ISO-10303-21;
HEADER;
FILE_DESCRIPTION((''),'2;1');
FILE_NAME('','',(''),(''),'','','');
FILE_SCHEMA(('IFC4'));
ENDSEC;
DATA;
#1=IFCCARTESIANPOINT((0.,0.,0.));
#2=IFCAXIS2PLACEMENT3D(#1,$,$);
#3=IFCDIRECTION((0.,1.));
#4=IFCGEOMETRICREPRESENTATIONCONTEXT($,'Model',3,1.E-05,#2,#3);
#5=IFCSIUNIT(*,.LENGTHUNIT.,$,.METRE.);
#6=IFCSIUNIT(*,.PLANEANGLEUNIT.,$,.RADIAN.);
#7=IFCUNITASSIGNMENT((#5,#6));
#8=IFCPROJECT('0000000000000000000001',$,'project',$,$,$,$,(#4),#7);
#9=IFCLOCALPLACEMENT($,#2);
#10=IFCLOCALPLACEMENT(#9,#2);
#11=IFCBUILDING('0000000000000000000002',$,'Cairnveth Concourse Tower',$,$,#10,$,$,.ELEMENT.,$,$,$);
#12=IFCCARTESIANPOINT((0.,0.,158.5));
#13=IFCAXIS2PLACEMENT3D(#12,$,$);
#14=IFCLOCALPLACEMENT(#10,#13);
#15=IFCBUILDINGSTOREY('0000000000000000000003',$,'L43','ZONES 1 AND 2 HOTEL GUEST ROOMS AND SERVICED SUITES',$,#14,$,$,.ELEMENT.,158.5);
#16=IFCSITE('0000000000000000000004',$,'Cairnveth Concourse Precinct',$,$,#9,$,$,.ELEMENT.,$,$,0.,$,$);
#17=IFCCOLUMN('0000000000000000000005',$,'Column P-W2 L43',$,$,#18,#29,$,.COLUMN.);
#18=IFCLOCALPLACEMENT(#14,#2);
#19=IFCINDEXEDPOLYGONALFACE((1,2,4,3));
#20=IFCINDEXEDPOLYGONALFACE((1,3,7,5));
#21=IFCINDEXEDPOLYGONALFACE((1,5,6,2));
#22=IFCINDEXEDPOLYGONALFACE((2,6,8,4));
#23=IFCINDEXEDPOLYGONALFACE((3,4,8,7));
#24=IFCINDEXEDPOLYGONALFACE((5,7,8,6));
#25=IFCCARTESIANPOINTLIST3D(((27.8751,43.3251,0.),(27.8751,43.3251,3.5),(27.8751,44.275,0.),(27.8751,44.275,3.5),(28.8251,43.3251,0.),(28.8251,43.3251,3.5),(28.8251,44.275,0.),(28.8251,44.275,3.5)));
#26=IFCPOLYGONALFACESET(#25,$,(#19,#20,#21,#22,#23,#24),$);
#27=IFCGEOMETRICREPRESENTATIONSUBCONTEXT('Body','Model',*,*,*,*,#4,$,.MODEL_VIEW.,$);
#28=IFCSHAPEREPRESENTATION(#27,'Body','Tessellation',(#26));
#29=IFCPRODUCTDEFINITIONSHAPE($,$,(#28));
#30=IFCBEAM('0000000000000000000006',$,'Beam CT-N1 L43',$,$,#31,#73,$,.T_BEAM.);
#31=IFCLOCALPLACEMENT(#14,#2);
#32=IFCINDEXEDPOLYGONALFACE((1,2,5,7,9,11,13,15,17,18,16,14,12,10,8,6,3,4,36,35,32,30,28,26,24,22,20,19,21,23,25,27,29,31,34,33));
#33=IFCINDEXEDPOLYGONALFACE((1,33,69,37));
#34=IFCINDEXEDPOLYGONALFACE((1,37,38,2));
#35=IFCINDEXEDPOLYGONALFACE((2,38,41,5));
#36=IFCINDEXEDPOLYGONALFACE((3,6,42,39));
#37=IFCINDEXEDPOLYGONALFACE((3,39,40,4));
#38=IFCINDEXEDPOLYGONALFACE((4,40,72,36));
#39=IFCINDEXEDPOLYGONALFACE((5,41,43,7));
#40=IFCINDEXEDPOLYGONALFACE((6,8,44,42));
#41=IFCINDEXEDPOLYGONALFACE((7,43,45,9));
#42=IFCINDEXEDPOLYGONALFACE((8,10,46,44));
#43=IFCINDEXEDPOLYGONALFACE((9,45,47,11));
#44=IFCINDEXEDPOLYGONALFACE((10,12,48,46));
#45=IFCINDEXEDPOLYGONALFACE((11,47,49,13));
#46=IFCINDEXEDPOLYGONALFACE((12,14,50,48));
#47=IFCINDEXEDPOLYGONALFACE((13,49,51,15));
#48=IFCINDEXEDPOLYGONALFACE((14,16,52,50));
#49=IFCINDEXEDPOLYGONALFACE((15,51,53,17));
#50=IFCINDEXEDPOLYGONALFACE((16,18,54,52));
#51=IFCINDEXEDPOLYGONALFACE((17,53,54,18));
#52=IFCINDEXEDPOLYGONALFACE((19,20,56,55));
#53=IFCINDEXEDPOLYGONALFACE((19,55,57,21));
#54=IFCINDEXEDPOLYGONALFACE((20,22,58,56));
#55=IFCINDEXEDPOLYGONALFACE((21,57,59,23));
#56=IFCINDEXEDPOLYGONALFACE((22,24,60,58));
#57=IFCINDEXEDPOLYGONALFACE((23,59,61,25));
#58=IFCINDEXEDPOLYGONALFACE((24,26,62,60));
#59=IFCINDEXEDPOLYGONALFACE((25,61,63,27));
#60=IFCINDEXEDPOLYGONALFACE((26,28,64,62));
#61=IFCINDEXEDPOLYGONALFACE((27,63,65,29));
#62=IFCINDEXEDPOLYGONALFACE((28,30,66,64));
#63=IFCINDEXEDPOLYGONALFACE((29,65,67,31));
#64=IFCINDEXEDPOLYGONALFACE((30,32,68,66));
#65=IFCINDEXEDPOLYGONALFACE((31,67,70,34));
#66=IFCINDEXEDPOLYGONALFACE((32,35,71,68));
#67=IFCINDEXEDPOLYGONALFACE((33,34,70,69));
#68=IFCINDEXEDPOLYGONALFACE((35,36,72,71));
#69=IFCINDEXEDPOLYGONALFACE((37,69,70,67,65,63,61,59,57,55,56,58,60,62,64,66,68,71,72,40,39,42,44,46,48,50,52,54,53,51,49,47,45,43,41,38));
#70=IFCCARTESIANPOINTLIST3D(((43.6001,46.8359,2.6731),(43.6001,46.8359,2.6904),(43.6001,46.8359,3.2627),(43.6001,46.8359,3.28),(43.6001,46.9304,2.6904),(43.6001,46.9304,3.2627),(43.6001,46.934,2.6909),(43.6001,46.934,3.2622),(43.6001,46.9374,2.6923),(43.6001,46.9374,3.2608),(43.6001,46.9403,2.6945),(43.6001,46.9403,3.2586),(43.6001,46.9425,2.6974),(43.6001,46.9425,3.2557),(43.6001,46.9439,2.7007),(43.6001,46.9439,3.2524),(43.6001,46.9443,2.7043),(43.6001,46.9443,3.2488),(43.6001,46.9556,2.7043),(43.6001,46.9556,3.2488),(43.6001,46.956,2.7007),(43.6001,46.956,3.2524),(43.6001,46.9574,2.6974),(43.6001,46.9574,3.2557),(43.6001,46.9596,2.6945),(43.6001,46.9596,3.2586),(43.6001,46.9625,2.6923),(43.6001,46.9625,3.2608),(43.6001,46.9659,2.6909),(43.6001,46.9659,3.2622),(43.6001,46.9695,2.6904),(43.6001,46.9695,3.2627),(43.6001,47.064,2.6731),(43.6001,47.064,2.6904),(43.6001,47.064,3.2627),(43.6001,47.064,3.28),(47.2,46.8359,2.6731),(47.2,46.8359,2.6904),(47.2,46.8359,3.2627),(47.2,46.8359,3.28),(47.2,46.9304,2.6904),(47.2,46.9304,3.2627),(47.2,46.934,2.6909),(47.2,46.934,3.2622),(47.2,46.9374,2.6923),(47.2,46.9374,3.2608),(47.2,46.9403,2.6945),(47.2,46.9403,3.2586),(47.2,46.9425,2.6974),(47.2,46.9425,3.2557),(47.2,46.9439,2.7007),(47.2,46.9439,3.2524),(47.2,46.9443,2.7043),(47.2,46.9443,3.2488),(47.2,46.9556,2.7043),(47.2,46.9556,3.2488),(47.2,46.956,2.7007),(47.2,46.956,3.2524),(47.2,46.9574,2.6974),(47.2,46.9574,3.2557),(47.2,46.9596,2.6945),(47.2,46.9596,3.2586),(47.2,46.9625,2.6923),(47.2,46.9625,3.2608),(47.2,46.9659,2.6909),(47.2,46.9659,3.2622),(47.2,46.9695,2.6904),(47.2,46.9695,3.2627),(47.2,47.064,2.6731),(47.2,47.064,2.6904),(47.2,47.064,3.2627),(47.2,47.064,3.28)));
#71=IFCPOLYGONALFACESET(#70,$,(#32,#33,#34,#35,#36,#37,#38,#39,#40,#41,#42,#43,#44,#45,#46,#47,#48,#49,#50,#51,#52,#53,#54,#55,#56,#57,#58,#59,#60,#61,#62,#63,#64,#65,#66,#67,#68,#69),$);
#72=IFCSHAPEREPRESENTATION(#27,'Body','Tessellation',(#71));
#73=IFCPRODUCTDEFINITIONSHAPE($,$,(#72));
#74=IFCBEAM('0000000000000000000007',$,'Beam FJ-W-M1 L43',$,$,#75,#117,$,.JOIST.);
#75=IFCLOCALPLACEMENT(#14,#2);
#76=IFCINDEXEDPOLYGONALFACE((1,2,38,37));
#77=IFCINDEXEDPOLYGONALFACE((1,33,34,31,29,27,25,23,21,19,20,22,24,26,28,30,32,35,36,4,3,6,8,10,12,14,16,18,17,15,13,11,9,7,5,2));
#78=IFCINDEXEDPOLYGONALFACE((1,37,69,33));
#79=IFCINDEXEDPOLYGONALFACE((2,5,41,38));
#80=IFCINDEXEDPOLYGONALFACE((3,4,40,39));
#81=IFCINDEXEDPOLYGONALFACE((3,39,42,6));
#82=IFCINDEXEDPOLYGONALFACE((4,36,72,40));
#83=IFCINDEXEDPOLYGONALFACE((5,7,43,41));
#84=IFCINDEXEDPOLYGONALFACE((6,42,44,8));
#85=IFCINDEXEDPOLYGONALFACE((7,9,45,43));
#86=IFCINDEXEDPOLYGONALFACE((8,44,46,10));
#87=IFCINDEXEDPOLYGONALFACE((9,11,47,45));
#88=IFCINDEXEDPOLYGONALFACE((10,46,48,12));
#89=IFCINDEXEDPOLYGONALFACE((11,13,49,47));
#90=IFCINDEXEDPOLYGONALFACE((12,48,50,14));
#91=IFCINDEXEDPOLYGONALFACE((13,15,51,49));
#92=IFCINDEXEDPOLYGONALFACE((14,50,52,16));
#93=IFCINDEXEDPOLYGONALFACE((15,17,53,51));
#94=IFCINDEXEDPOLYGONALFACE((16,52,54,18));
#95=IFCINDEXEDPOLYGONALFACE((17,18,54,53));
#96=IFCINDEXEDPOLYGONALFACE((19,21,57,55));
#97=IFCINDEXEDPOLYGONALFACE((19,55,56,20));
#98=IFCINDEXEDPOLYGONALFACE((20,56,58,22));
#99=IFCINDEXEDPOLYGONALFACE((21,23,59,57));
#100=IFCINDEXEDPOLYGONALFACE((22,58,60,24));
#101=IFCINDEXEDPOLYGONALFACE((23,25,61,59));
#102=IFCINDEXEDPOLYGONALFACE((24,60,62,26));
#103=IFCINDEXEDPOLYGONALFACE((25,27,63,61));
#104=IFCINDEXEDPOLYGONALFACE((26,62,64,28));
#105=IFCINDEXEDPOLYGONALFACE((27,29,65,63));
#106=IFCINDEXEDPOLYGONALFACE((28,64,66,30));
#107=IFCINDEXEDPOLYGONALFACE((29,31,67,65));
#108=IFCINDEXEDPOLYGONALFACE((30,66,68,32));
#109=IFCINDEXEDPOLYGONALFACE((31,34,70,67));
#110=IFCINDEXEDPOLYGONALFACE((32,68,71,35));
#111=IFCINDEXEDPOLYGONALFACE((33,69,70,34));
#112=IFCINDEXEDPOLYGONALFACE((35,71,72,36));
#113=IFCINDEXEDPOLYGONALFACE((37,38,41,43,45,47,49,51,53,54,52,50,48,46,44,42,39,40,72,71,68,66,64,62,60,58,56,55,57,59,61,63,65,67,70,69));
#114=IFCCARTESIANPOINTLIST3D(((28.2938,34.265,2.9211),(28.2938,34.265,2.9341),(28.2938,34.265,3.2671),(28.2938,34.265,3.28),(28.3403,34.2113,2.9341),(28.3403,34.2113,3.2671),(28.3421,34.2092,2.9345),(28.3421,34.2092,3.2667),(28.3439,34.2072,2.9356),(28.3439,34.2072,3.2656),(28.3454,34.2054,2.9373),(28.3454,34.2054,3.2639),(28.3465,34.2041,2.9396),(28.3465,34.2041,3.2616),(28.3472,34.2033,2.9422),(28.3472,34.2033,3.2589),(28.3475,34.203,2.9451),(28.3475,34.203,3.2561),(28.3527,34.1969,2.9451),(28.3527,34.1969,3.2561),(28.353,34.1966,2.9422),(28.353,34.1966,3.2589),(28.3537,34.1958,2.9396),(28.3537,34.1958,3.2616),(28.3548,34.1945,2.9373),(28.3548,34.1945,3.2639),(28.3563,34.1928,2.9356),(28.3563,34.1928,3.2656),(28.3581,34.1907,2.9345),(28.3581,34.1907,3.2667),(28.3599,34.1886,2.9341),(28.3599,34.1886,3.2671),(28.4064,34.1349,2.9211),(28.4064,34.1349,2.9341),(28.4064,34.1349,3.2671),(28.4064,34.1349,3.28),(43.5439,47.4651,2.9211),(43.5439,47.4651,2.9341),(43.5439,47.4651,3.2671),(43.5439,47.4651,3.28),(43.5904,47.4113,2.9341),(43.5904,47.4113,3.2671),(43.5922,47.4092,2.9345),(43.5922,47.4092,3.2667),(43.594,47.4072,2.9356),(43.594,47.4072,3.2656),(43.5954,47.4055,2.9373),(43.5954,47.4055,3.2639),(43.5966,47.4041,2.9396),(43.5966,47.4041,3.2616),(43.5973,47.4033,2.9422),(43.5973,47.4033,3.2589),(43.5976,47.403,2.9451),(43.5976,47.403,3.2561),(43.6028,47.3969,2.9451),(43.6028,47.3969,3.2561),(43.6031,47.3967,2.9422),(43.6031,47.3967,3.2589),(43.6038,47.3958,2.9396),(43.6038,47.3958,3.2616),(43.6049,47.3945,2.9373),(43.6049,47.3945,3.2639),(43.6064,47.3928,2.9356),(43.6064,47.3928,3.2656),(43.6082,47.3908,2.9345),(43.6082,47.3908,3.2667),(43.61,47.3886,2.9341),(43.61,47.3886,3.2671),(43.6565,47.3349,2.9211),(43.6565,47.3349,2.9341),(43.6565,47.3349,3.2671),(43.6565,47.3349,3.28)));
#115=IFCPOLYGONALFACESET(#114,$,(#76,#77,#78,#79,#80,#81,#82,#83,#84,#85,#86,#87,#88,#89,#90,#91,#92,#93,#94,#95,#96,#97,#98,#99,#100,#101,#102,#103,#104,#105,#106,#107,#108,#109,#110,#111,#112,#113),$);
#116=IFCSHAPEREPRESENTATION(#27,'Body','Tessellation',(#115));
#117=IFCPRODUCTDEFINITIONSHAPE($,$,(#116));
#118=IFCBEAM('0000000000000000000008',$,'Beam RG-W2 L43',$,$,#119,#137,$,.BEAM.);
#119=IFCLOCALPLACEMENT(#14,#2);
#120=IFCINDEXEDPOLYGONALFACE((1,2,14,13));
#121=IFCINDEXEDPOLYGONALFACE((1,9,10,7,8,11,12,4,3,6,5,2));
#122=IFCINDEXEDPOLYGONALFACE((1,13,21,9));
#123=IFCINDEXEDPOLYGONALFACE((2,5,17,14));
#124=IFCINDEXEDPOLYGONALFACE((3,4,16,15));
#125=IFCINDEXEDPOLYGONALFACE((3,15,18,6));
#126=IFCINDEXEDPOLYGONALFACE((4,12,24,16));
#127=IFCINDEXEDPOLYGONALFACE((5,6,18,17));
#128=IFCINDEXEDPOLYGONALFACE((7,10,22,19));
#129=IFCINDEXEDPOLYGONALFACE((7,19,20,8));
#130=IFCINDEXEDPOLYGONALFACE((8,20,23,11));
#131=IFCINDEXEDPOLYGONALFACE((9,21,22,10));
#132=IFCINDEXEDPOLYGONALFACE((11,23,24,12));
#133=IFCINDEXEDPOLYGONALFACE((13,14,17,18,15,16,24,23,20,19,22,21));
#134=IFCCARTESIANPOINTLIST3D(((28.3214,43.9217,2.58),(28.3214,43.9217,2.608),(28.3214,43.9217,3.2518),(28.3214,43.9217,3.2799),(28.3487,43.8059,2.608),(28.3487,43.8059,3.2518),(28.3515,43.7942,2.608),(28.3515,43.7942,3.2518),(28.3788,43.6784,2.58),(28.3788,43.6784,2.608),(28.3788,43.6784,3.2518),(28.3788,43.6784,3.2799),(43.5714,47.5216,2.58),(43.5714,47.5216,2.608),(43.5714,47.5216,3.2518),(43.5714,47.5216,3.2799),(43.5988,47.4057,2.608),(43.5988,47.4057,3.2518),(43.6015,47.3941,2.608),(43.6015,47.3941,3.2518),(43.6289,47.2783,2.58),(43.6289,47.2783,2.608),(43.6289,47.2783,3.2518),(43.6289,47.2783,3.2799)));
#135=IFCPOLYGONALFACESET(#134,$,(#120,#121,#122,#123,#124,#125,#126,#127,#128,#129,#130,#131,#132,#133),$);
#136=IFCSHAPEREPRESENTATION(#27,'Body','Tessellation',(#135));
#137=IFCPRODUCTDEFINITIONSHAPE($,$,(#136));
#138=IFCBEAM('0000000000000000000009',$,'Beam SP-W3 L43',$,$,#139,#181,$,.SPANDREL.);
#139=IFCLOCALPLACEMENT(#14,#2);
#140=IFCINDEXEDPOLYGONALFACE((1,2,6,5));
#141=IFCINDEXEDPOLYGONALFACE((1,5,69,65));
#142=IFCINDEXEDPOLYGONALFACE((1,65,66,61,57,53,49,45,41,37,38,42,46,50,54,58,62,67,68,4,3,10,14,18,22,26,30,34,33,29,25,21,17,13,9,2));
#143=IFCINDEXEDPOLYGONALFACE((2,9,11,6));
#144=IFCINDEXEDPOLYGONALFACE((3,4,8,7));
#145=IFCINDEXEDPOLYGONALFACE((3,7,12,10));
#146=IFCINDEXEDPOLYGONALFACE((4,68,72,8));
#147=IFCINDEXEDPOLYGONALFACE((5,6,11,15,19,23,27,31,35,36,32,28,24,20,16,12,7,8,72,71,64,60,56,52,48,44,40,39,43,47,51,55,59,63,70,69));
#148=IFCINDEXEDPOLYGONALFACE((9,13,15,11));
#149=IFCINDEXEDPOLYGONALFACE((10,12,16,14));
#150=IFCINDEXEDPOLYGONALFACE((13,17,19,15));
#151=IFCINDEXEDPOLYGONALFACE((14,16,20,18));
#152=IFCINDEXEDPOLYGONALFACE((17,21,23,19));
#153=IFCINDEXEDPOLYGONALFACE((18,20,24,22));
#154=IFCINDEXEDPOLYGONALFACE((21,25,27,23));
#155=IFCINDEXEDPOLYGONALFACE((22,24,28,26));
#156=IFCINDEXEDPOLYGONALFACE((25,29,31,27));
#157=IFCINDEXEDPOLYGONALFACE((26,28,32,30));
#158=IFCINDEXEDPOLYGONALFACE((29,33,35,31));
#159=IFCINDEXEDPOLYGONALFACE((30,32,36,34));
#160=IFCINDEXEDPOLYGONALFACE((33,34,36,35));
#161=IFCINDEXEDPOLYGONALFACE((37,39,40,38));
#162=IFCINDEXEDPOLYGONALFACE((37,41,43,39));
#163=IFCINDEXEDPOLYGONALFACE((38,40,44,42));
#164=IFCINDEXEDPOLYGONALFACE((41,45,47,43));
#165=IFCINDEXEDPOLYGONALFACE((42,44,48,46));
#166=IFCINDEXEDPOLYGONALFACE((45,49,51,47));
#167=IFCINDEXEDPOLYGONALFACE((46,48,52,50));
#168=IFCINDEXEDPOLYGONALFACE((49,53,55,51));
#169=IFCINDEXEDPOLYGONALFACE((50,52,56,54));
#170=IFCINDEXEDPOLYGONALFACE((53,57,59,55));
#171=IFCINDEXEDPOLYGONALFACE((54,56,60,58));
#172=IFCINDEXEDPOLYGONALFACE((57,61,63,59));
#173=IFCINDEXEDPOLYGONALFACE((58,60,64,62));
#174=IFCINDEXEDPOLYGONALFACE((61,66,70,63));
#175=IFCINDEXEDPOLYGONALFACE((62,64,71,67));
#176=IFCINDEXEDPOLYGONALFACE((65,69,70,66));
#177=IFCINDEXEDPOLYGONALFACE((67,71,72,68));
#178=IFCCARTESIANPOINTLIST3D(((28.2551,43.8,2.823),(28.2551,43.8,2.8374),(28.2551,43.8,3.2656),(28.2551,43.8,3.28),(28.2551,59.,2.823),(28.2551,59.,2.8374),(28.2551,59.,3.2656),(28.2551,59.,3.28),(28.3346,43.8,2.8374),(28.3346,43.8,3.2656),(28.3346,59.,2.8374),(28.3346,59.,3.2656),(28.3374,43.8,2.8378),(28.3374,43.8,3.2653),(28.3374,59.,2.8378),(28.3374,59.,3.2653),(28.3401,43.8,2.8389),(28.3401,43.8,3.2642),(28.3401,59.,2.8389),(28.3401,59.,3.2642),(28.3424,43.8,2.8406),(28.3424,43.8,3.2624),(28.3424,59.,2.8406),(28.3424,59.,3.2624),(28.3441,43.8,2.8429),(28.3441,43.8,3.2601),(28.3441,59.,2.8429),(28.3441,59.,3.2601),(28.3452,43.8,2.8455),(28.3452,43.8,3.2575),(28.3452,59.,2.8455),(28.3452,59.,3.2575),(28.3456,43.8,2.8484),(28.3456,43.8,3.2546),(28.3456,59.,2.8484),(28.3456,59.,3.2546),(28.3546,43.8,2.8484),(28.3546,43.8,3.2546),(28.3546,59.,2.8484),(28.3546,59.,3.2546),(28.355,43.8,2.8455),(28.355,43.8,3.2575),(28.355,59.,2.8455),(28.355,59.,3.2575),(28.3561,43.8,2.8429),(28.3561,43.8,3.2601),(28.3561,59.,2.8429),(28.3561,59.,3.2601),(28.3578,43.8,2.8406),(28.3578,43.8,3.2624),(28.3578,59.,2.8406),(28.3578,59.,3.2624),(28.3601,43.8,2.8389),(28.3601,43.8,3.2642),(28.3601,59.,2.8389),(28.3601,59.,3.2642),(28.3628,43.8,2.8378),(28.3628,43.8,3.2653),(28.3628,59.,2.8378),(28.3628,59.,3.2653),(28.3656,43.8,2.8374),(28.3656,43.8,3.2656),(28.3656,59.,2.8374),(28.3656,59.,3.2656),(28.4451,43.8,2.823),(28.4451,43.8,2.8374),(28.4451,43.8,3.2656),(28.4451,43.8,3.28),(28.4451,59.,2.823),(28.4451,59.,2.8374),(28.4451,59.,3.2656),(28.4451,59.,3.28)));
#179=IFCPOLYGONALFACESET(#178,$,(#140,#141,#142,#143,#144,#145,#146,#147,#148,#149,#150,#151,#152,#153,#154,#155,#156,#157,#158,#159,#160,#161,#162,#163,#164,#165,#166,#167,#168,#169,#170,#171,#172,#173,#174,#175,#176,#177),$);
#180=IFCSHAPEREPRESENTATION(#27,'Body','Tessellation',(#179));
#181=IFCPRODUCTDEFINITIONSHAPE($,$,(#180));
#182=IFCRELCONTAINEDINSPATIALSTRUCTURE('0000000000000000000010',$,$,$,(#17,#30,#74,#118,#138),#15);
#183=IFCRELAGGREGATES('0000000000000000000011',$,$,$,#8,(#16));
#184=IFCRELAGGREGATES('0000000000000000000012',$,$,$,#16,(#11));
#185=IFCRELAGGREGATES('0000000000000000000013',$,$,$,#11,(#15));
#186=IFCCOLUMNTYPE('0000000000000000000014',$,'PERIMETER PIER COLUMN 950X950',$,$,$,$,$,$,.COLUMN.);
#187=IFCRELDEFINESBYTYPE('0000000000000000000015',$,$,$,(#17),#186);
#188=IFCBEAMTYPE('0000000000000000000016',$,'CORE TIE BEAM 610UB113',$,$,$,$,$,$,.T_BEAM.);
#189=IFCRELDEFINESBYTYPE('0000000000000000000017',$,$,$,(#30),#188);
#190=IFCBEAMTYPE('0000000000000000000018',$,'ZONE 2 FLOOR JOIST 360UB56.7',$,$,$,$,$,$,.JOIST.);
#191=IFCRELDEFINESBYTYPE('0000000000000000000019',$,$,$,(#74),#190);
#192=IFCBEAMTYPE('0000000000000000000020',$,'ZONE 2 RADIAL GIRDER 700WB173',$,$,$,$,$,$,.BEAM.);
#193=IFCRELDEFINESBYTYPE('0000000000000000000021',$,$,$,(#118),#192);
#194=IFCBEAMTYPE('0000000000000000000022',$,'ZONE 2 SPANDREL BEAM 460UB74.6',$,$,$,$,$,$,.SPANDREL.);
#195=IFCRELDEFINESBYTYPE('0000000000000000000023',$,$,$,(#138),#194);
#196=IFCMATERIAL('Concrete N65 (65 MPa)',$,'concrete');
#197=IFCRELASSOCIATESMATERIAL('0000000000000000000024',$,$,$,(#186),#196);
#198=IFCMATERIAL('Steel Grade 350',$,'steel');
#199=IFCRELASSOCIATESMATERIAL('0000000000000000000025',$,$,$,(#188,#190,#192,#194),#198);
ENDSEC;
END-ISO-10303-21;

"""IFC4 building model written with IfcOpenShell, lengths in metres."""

from ifc_helpers import new_model, si_unit, direction, frame, origin, origin_2d, place, context, subcontext, project, spatial, rectangle, i_section, extrude, material, material_profile, profile_set, type_object, element, save


model = new_model("IFC4")

# Units and contexts
model_context = context("Model", 3, precision=1e-05, world=origin(), true_north=direction((0.0, 1.0)))
body_context = subcontext(model_context, "Body", "Model", "MODEL_VIEW")
ifc_project = project(units=[si_unit("LENGTHUNIT", "METRE"), si_unit("PLANEANGLEUNIT", "RADIAN")], contexts=[model_context])

# Site, building, storey
site_placement = place(None, origin())
site = spatial("IfcSite", under=ifc_project, at=site_placement, Name="Cairnveth Concourse Precinct", CompositionType="ELEMENT", RefElevation=0.0)
building_placement = place(site_placement, origin())
building = spatial("IfcBuilding", under=site, at=building_placement, Name="Cairnveth Concourse Tower", CompositionType="ELEMENT")
storey_placement = place(building_placement, frame((0.0, 0.0, 158.5)))
storey = spatial("IfcBuildingStorey", under=building, at=storey_placement, Name="L43", Description="ZONES 1 AND 2 HOTEL GUEST ROOMS AND SERVICED SUITES", CompositionType="ELEMENT", Elevation=158.5)

# Column
ifc_material_1 = material(Name="Concrete N65 (65 MPa)", Category="concrete")
ifc_material_profile_1 = material_profile(ifc_material_1, rectangle(XDim=0.95, YDim=0.95, at=origin_2d()), Name="RC-COL-950x950")
ifc_profile_set_1 = profile_set([ifc_material_profile_1], Name="Concrete N65 (65 MPa)")
column_type = type_object("IfcColumnType", Name="PERIMETER PIER COLUMN 950X950", PredefinedType="COLUMN", material=ifc_profile_set_1)
column_placement = place(storey_placement, frame((28.3501, 43.8, 0.0), z_axis=(0.0, 0.0, 1.0), x_axis=(0.0, 1.0, 0.0)))
element("IfcColumn", 1, at=column_placement, inside=storey, type_object=column_type, Name="Column P-W2 L43", PredefinedType="COLUMN", context=body_context, shape_type="SweptSolid", body=[
    extrude(rectangle(XDim=0.95, YDim=0.95, at=origin_2d()), origin(), (0.0, 0.0, 1.0), 3.5),
])

# Beams
ifc_material_2 = material(Name="Steel Grade 350", Category="steel")
ifc_material_profile_2 = material_profile(ifc_material_2, i_section(OverallWidth=0.228, OverallDepth=0.6069, WebThickness=0.0112, FlangeThickness=0.0173, FilletRadius=0.0139, at=origin_2d()), Name="610UB113")
ifc_profile_set_2 = profile_set([ifc_material_profile_2], Name="Steel Grade 350")
beam_type_1 = type_object("IfcBeamType", Name="CORE TIE BEAM 610UB113", PredefinedType="T_BEAM", material=ifc_profile_set_2)
beam_1_placement = place(storey_placement, frame((43.6001, 46.95, 2.9766), z_axis=(1.0, 0.0, 0.0), x_axis=(0.0, 1.0, 0.0)))
element("IfcBeam", 2, at=beam_1_placement, inside=storey, type_object=beam_type_1, Name="Beam CT-N1 L43", PredefinedType="T_BEAM", context=body_context, shape_type="SweptSolid", body=[
    extrude(i_section(OverallWidth=0.228, OverallDepth=0.6069, WebThickness=0.0112, FlangeThickness=0.0173, FilletRadius=0.0139, at=origin_2d()), origin(), (0.0, 0.0, 1.0), 3.5999),
])
ifc_material_profile_3 = material_profile(ifc_material_2, i_section(OverallWidth=0.1721, OverallDepth=0.3589, WebThickness=0.0081, FlangeThickness=0.0129, FilletRadius=0.011, at=origin_2d()), Name="360UB56.7")
ifc_profile_set_3 = profile_set([ifc_material_profile_3], Name="Steel Grade 350")
beam_type_2 = type_object("IfcBeamType", Name="ZONE 2 FLOOR JOIST 360UB56.7", PredefinedType="JOIST", material=ifc_profile_set_3)
beam_2_placement = place(storey_placement, frame((28.3501, 34.2, 3.1006), z_axis=(0.756099, 0.654457, 0.0), x_axis=(-0.654457, 0.756099, 0.0)))
element("IfcBeam", 3, at=beam_2_placement, inside=storey, type_object=beam_type_2, Name="Beam FJ-W-M1 L43", PredefinedType="JOIST", context=body_context, shape_type="SweptSolid", body=[
    extrude(i_section(OverallWidth=0.1721, OverallDepth=0.3589, WebThickness=0.0081, FlangeThickness=0.0129, FilletRadius=0.011, at=origin_2d()), origin(), (0.0, 0.0, 1.0), 20.1694),
])
ifc_material_profile_4 = material_profile(ifc_material_2, i_section(OverallWidth=0.25, OverallDepth=0.7, WebThickness=0.012, FlangeThickness=0.0281, at=origin_2d()), Name="700WB173")
ifc_profile_set_4 = profile_set([ifc_material_profile_4], Name="Steel Grade 350")
beam_type_3 = type_object("IfcBeamType", Name="ZONE 2 RADIAL GIRDER 700WB173", PredefinedType="BEAM", material=ifc_profile_set_4)
beam_3_placement = place(storey_placement, frame((28.3501, 43.8, 2.9299), z_axis=(0.973252, 0.229742, 0.0), x_axis=(-0.229742, 0.973252, 0.0)))
element("IfcBeam", 4, at=beam_3_placement, inside=storey, type_object=beam_type_3, Name="Beam RG-W2 L43", PredefinedType="BEAM", context=body_context, shape_type="SweptSolid", body=[
    extrude(i_section(OverallWidth=0.25, OverallDepth=0.7, WebThickness=0.012, FlangeThickness=0.0281, at=origin_2d()), origin(), (0.0, 0.0, 1.0), 15.6692),
])
ifc_material_profile_5 = material_profile(ifc_material_2, i_section(OverallWidth=0.1899, OverallDepth=0.457, WebThickness=0.009, FlangeThickness=0.0144, FilletRadius=0.011, at=origin_2d()), Name="460UB74.6")
ifc_profile_set_5 = profile_set([ifc_material_profile_5], Name="Steel Grade 350")
beam_type_4 = type_object("IfcBeamType", Name="ZONE 2 SPANDREL BEAM 460UB74.6", PredefinedType="SPANDREL", material=ifc_profile_set_5)
beam_4_placement = place(storey_placement, frame((28.3501, 43.8, 3.0515), z_axis=(0.0, 1.0, 0.0), x_axis=(-1.0, 0.0, 0.0)))
element("IfcBeam", 5, at=beam_4_placement, inside=storey, type_object=beam_type_4, Name="Beam SP-W3 L43", PredefinedType="SPANDREL", context=body_context, shape_type="SweptSolid", body=[
    extrude(i_section(OverallWidth=0.1899, OverallDepth=0.457, WebThickness=0.009, FlangeThickness=0.0144, FilletRadius=0.011, at=origin_2d()), origin(), (0.0, 0.0, 1.0), 15.2),
])

save(model, "model.ifc")
